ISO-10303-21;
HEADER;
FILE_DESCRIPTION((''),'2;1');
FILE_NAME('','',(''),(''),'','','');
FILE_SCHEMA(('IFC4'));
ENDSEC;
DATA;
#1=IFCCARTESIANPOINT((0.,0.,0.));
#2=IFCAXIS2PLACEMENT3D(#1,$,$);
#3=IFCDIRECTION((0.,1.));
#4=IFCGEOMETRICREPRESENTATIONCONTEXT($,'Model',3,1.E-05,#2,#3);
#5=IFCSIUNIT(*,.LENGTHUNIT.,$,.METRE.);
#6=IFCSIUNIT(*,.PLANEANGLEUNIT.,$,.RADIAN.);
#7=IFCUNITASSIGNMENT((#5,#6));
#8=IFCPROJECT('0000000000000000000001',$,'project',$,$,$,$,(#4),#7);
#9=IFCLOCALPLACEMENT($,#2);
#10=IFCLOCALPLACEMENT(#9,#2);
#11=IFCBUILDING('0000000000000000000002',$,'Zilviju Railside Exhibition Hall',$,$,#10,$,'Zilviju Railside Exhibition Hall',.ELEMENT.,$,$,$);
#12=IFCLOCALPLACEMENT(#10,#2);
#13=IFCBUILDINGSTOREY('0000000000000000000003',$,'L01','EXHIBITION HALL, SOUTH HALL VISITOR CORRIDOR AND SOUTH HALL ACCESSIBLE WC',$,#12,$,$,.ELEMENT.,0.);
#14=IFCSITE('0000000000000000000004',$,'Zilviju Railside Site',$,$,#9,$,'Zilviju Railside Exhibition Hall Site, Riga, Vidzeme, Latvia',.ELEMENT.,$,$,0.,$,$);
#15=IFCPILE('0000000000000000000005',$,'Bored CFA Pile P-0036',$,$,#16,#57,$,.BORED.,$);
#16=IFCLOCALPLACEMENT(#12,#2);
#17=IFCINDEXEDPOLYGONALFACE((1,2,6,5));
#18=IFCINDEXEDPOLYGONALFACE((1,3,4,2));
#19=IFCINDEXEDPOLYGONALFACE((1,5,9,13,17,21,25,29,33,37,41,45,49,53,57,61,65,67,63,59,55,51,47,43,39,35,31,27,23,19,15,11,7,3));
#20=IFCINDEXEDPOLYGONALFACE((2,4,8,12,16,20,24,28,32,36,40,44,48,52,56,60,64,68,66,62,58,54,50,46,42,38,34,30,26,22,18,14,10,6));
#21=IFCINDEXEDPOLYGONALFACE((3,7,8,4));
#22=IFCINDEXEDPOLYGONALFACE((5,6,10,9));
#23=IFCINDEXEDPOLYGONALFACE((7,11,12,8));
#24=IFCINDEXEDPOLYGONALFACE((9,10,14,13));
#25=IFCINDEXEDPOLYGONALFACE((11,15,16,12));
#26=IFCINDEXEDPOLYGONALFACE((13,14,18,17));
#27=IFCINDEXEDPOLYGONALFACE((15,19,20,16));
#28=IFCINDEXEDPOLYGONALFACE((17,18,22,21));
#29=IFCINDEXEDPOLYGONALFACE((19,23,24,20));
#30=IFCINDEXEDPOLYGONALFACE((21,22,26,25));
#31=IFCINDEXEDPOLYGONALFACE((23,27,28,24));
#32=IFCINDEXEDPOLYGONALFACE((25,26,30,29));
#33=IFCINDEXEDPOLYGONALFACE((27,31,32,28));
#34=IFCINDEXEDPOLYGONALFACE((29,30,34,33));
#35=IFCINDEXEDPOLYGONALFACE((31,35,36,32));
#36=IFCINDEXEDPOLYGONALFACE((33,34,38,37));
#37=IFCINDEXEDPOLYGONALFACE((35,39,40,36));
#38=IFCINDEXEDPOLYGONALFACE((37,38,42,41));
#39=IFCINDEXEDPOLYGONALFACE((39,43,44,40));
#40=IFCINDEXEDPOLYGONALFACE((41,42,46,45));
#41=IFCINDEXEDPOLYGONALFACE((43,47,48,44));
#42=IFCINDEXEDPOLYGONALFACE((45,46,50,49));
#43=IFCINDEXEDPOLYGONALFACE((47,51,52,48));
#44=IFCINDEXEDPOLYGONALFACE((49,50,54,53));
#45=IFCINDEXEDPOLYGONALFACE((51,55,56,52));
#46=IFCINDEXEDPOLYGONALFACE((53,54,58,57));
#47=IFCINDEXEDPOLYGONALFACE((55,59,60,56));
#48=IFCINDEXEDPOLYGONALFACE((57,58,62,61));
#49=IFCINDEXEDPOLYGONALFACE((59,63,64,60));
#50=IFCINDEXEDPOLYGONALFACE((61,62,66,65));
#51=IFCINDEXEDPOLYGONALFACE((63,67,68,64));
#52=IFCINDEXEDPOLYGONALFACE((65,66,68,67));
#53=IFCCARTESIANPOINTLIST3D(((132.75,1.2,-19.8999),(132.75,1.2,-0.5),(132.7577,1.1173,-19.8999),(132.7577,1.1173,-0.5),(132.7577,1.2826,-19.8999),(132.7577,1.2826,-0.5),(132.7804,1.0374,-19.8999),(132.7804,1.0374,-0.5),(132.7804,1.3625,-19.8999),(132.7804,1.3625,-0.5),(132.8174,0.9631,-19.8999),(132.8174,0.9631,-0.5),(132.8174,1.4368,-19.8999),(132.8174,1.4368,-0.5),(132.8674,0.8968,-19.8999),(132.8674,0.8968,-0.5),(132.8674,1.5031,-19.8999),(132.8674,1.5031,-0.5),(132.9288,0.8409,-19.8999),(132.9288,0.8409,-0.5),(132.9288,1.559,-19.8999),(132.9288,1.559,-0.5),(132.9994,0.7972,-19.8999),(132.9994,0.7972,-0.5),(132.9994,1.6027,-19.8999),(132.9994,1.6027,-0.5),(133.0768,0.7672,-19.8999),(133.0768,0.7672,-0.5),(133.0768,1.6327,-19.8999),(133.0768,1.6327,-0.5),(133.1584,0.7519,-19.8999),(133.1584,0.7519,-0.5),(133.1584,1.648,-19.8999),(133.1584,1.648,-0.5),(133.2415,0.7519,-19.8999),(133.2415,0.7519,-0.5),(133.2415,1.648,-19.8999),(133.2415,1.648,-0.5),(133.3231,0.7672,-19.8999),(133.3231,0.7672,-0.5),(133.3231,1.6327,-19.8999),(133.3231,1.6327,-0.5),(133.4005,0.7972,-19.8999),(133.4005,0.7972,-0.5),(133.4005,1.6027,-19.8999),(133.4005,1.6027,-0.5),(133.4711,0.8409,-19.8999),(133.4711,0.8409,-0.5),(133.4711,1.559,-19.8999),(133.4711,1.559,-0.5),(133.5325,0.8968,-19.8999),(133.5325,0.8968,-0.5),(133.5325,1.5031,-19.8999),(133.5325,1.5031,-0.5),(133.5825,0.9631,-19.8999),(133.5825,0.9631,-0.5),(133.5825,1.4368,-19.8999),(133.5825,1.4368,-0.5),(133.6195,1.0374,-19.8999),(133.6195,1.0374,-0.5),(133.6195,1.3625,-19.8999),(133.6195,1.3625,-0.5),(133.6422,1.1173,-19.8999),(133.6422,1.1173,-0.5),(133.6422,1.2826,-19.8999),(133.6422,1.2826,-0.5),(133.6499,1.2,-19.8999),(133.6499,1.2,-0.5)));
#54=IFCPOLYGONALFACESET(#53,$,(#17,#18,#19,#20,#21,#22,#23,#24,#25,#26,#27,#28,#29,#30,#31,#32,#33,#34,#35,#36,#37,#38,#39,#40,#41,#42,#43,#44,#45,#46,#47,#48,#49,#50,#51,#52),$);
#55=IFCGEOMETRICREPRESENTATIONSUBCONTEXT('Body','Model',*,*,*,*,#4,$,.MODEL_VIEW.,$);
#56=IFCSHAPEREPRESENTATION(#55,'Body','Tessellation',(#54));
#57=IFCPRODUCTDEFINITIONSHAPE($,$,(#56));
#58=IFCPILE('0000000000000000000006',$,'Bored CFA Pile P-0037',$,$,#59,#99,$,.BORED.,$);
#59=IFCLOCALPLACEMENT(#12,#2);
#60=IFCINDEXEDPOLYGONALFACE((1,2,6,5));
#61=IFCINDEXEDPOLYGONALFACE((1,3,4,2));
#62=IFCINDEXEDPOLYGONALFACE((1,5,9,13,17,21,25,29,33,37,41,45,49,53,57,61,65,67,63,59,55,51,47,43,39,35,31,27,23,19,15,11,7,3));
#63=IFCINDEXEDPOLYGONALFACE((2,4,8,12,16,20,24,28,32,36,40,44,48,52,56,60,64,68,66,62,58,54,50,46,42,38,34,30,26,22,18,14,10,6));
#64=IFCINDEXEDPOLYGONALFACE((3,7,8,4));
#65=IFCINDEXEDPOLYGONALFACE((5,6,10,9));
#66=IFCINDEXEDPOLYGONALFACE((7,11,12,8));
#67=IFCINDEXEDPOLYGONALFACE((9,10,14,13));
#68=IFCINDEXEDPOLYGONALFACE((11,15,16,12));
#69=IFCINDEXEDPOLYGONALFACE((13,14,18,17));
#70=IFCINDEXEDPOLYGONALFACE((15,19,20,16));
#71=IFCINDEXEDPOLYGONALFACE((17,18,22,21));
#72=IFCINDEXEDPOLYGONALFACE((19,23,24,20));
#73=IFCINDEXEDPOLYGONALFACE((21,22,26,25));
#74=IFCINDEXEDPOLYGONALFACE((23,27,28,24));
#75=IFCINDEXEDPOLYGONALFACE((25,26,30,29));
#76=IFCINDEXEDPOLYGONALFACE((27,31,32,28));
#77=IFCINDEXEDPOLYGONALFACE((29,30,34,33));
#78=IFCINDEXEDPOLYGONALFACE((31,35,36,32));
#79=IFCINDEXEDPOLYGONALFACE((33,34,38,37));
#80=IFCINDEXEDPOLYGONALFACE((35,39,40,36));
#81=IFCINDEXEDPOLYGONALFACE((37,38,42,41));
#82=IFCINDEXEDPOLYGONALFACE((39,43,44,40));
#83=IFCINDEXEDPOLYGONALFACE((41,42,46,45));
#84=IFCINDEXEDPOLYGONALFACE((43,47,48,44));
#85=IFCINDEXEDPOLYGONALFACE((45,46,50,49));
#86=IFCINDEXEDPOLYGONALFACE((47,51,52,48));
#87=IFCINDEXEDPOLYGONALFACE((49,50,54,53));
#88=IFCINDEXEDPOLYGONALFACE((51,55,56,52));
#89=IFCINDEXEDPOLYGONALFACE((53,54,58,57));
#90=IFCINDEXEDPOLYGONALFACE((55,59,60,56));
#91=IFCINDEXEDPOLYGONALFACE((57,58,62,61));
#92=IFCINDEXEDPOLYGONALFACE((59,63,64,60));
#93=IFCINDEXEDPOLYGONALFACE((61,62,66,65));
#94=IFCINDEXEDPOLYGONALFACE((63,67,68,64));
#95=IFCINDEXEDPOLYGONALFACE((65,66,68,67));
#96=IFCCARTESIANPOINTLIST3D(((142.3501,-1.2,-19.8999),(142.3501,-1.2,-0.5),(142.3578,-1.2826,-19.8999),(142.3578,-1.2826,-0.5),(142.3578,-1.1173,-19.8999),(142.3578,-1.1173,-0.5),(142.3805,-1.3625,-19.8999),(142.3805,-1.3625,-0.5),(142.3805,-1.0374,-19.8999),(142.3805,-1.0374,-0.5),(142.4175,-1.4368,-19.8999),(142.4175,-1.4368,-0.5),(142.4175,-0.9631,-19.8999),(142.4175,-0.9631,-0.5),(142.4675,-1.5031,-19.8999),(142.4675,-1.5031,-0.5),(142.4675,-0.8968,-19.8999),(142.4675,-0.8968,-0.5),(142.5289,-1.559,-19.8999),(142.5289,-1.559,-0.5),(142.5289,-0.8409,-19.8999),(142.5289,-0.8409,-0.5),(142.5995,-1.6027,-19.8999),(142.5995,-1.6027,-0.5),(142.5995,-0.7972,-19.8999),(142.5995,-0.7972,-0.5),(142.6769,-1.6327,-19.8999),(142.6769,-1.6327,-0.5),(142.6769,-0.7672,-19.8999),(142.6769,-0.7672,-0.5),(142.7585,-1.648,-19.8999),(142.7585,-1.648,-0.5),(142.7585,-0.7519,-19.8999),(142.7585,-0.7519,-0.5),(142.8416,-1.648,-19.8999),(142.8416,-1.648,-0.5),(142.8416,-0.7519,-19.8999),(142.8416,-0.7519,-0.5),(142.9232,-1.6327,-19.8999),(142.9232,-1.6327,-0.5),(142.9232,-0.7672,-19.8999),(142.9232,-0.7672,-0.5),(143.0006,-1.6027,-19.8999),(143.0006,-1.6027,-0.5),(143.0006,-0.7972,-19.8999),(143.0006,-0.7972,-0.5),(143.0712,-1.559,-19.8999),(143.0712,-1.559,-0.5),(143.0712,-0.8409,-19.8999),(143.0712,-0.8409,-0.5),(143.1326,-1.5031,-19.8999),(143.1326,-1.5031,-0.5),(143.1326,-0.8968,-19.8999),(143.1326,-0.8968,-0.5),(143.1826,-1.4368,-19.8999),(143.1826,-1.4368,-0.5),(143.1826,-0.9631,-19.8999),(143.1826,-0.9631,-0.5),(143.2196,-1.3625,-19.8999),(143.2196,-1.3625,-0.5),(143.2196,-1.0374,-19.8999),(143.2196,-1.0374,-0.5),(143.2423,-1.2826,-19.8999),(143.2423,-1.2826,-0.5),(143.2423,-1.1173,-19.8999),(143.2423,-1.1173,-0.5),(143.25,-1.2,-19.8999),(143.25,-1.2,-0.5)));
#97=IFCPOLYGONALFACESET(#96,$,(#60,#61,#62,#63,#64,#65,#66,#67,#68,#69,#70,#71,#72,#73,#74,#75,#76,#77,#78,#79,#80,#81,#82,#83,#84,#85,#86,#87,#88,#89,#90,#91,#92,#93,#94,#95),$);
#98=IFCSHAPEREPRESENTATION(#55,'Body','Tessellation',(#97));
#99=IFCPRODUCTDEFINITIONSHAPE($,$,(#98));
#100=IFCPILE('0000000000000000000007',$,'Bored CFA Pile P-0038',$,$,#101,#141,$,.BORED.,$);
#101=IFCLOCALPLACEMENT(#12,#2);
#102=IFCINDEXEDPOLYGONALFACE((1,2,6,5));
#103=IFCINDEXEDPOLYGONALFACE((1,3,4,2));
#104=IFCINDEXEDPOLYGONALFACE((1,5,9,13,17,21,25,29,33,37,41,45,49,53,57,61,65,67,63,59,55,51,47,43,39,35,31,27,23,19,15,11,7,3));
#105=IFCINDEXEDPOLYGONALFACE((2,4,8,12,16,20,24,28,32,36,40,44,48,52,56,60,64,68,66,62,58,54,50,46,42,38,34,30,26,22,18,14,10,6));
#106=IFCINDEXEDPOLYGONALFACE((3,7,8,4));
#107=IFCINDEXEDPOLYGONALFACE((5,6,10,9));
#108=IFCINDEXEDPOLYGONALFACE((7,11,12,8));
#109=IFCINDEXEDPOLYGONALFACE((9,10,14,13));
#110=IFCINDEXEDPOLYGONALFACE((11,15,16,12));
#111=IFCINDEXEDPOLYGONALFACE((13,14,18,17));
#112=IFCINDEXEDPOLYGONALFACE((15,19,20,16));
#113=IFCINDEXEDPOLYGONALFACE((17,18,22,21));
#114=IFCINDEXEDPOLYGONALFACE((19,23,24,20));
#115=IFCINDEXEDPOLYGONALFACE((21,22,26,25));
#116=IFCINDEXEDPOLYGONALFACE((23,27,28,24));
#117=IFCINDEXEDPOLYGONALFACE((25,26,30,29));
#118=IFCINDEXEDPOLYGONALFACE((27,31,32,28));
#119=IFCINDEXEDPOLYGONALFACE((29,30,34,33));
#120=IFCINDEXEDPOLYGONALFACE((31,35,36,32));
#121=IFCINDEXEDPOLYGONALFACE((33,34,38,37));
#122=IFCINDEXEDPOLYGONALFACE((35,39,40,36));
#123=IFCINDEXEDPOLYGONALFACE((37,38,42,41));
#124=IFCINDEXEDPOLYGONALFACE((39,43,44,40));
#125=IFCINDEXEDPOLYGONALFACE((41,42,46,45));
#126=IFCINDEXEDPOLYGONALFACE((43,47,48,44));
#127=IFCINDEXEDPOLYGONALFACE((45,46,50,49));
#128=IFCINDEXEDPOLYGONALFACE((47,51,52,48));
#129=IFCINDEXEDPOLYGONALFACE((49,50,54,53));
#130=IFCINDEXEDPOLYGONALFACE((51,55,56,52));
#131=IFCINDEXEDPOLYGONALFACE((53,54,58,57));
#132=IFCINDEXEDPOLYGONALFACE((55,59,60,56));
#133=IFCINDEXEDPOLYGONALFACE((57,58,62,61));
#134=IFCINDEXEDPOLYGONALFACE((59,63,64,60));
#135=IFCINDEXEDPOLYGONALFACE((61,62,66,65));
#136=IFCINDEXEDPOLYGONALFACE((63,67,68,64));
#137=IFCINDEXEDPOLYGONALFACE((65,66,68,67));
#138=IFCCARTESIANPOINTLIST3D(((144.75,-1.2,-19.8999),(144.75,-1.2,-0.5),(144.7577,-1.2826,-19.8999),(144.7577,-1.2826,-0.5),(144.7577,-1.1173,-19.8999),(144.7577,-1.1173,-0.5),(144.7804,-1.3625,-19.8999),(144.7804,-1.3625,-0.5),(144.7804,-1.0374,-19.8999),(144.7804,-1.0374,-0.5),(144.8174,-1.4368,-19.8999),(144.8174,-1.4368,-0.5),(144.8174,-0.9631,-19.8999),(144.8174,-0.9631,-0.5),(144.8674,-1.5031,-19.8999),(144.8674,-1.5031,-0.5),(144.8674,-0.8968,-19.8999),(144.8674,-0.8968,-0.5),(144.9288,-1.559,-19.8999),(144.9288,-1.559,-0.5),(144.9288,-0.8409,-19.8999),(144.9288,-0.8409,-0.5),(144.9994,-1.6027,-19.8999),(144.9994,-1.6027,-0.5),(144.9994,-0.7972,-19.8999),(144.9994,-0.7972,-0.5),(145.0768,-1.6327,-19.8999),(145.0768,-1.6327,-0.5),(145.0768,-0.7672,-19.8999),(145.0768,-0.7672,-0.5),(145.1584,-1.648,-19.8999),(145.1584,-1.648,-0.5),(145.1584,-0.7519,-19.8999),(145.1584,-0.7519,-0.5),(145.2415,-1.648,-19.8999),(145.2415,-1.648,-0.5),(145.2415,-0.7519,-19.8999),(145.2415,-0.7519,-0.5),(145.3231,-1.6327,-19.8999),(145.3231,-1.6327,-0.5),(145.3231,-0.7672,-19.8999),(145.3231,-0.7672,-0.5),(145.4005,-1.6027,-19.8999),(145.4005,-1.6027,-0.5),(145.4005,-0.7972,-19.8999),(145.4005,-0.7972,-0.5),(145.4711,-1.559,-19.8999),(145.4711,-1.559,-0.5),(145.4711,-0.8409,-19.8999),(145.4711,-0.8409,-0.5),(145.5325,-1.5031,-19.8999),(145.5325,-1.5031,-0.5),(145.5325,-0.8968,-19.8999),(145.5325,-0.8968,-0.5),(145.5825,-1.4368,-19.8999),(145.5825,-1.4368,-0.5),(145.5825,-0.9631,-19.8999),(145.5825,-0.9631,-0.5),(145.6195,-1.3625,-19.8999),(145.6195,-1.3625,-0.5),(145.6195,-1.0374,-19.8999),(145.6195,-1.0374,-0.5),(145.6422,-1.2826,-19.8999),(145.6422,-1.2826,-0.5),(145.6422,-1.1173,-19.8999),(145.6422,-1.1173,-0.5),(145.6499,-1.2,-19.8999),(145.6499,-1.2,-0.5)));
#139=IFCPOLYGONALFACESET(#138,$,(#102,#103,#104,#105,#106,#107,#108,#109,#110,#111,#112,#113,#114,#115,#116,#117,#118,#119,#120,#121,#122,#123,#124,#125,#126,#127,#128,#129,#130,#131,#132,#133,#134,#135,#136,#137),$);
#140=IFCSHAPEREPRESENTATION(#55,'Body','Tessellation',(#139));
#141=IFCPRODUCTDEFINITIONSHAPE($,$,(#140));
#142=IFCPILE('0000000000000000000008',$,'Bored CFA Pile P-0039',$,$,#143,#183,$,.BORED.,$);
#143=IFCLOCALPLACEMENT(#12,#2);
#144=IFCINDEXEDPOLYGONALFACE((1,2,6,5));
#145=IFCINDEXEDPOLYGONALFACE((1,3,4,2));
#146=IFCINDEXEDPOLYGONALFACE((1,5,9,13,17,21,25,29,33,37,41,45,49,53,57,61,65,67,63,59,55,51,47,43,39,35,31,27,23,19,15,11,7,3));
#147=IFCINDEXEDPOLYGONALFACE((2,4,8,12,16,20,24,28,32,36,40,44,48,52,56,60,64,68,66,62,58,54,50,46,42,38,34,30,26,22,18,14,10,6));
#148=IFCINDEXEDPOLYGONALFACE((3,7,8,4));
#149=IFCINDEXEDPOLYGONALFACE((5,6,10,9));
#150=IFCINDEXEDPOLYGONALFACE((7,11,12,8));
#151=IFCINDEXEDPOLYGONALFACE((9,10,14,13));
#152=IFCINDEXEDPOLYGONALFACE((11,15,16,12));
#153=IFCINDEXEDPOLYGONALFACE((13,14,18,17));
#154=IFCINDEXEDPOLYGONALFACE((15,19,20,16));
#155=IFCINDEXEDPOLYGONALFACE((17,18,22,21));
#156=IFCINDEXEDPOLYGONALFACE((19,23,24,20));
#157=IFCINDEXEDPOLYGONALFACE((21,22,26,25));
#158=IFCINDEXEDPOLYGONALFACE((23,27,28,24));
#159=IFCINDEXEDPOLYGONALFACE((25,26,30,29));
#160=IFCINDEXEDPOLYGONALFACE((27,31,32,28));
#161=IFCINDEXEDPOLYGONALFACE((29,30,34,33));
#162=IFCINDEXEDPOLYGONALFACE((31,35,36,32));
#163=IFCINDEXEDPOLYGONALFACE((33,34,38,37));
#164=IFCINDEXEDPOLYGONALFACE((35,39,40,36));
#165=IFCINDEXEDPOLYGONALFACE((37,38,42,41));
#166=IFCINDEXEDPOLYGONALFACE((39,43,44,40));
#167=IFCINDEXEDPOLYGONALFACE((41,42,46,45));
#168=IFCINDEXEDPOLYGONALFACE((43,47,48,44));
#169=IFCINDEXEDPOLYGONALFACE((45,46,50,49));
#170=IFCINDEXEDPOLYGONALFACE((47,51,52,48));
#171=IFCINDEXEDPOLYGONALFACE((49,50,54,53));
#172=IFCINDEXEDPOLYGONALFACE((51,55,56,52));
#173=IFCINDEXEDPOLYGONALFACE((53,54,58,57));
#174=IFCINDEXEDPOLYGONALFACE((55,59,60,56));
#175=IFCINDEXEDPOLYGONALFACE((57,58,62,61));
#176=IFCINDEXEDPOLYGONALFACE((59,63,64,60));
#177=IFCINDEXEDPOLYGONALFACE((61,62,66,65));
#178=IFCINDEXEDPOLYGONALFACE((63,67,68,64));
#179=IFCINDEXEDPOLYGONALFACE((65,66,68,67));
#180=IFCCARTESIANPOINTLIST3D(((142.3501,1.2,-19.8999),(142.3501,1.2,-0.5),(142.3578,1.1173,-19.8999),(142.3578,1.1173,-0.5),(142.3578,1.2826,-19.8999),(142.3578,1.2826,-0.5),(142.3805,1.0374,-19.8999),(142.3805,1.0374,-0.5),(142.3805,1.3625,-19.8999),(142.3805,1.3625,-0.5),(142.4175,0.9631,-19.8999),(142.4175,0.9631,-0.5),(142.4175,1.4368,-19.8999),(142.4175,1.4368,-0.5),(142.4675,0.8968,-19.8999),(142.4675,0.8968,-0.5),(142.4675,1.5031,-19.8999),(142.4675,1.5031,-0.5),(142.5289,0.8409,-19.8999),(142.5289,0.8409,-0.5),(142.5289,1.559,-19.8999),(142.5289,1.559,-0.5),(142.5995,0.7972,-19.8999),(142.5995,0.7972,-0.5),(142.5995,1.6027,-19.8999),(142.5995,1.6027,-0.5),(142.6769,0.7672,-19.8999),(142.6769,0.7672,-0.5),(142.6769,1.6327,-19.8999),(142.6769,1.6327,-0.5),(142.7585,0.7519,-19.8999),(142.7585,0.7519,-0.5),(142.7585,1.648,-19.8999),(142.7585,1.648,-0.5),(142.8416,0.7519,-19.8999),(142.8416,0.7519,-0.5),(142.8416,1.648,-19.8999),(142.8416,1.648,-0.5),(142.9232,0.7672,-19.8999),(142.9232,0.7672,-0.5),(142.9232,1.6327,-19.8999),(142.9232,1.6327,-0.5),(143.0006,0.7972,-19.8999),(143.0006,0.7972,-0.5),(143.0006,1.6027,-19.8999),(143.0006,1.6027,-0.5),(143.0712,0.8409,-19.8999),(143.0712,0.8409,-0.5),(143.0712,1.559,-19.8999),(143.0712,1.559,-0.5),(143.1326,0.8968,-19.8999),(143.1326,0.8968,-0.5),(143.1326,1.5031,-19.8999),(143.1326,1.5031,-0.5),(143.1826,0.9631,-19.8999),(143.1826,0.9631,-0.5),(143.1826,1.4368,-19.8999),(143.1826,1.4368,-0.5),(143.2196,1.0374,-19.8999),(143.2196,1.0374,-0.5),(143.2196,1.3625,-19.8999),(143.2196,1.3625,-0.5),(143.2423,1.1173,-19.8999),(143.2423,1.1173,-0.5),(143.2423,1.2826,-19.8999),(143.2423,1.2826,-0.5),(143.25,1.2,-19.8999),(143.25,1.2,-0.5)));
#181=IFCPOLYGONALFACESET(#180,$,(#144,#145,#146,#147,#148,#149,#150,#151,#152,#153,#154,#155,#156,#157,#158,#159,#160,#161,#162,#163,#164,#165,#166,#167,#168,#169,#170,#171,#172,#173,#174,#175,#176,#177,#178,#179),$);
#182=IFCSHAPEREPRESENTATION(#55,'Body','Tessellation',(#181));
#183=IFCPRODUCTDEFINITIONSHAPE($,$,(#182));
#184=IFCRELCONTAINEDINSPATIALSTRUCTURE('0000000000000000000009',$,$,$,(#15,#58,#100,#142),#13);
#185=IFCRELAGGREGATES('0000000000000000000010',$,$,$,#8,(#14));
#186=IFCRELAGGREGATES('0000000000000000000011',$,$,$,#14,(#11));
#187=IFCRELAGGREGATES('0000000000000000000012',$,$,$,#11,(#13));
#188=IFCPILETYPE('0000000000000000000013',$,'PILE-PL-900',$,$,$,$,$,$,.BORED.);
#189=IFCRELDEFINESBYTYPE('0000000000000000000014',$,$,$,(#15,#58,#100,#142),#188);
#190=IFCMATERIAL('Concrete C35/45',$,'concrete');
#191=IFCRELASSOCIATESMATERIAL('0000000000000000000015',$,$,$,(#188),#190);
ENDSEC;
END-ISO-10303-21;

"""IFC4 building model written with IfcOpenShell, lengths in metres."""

from ifc_helpers import new_model, si_unit, direction, frame, origin, origin_2d, place, context, subcontext, project, spatial, circle, extrude, material, material_profile, profile_set, type_object, element, save


model = new_model("IFC4")

# Units and contexts
model_context = context("Model", 3, precision=1e-05, world=origin(), true_north=direction((0.0, 1.0)))
body_context = subcontext(model_context, "Body", "Model", "MODEL_VIEW")
ifc_project = project(units=[si_unit("LENGTHUNIT", "METRE"), si_unit("PLANEANGLEUNIT", "RADIAN")], contexts=[model_context])

# Site, building, storey
site_placement = place(None, origin())
site = spatial("IfcSite", under=ifc_project, at=site_placement, Name="Zilviju Railside Site", LongName="Zilviju Railside Exhibition Hall Site, Riga, Vidzeme, Latvia", CompositionType="ELEMENT", RefElevation=0.0)
building_placement = place(site_placement, origin())
building = spatial("IfcBuilding", under=site, at=building_placement, Name="Zilviju Railside Exhibition Hall", LongName="Zilviju Railside Exhibition Hall", CompositionType="ELEMENT")
storey_placement = place(building_placement, origin())
storey = spatial("IfcBuildingStorey", under=building, at=storey_placement, Name="L01", Description="EXHIBITION HALL, SOUTH HALL VISITOR CORRIDOR AND SOUTH HALL ACCESSIBLE WC", CompositionType="ELEMENT", Elevation=0.0)

# Shared definitions
ifc_material_1 = material(Name="Concrete C35/45", Category="concrete")

# Piles
ifc_material_profile_1 = material_profile(ifc_material_1, circle(Radius=0.45, at=origin_2d()), Name="CFA PILE D900")
ifc_profile_set_1 = profile_set([ifc_material_profile_1], Name="Concrete C35/45")
pile_type_1 = type_object("IfcPileType", Name="PILE-PL-900", PredefinedType="BORED", material=ifc_profile_set_1)
for number, where, z_axis, x_axis, name in (
    (1, (133.2, 1.2, -0.5), (0.0, 0.0, -1.0), (1.0, 0.0, 0.0), "Bored CFA Pile P-0036"),
    (2, (142.8, -1.2, -0.5), (0.0, 0.0, -1.0), (1.0, 0.0, 0.0), "Bored CFA Pile P-0037"),
    (3, (145.2, -1.2, -0.5), (0.0, 0.0, -1.0), (1.0, 0.0, 0.0), "Bored CFA Pile P-0038"),
    (4, (142.8, 1.2, -0.5), (0.0, 0.0, -1.0), (1.0, 0.0, 0.0), "Bored CFA Pile P-0039"),
):
    element("IfcPile", number, at=place(storey_placement, frame(where, z_axis=z_axis, x_axis=x_axis)), inside=storey, type_object=pile_type_1, Name=name, PredefinedType="BORED", context=body_context, shape_type="SweptSolid", body=[
        extrude(circle(Radius=0.45, at=origin_2d()), origin(), (0.0, 0.0, 1.0), 19.3999),
    ])

save(model, "model.ifc")
